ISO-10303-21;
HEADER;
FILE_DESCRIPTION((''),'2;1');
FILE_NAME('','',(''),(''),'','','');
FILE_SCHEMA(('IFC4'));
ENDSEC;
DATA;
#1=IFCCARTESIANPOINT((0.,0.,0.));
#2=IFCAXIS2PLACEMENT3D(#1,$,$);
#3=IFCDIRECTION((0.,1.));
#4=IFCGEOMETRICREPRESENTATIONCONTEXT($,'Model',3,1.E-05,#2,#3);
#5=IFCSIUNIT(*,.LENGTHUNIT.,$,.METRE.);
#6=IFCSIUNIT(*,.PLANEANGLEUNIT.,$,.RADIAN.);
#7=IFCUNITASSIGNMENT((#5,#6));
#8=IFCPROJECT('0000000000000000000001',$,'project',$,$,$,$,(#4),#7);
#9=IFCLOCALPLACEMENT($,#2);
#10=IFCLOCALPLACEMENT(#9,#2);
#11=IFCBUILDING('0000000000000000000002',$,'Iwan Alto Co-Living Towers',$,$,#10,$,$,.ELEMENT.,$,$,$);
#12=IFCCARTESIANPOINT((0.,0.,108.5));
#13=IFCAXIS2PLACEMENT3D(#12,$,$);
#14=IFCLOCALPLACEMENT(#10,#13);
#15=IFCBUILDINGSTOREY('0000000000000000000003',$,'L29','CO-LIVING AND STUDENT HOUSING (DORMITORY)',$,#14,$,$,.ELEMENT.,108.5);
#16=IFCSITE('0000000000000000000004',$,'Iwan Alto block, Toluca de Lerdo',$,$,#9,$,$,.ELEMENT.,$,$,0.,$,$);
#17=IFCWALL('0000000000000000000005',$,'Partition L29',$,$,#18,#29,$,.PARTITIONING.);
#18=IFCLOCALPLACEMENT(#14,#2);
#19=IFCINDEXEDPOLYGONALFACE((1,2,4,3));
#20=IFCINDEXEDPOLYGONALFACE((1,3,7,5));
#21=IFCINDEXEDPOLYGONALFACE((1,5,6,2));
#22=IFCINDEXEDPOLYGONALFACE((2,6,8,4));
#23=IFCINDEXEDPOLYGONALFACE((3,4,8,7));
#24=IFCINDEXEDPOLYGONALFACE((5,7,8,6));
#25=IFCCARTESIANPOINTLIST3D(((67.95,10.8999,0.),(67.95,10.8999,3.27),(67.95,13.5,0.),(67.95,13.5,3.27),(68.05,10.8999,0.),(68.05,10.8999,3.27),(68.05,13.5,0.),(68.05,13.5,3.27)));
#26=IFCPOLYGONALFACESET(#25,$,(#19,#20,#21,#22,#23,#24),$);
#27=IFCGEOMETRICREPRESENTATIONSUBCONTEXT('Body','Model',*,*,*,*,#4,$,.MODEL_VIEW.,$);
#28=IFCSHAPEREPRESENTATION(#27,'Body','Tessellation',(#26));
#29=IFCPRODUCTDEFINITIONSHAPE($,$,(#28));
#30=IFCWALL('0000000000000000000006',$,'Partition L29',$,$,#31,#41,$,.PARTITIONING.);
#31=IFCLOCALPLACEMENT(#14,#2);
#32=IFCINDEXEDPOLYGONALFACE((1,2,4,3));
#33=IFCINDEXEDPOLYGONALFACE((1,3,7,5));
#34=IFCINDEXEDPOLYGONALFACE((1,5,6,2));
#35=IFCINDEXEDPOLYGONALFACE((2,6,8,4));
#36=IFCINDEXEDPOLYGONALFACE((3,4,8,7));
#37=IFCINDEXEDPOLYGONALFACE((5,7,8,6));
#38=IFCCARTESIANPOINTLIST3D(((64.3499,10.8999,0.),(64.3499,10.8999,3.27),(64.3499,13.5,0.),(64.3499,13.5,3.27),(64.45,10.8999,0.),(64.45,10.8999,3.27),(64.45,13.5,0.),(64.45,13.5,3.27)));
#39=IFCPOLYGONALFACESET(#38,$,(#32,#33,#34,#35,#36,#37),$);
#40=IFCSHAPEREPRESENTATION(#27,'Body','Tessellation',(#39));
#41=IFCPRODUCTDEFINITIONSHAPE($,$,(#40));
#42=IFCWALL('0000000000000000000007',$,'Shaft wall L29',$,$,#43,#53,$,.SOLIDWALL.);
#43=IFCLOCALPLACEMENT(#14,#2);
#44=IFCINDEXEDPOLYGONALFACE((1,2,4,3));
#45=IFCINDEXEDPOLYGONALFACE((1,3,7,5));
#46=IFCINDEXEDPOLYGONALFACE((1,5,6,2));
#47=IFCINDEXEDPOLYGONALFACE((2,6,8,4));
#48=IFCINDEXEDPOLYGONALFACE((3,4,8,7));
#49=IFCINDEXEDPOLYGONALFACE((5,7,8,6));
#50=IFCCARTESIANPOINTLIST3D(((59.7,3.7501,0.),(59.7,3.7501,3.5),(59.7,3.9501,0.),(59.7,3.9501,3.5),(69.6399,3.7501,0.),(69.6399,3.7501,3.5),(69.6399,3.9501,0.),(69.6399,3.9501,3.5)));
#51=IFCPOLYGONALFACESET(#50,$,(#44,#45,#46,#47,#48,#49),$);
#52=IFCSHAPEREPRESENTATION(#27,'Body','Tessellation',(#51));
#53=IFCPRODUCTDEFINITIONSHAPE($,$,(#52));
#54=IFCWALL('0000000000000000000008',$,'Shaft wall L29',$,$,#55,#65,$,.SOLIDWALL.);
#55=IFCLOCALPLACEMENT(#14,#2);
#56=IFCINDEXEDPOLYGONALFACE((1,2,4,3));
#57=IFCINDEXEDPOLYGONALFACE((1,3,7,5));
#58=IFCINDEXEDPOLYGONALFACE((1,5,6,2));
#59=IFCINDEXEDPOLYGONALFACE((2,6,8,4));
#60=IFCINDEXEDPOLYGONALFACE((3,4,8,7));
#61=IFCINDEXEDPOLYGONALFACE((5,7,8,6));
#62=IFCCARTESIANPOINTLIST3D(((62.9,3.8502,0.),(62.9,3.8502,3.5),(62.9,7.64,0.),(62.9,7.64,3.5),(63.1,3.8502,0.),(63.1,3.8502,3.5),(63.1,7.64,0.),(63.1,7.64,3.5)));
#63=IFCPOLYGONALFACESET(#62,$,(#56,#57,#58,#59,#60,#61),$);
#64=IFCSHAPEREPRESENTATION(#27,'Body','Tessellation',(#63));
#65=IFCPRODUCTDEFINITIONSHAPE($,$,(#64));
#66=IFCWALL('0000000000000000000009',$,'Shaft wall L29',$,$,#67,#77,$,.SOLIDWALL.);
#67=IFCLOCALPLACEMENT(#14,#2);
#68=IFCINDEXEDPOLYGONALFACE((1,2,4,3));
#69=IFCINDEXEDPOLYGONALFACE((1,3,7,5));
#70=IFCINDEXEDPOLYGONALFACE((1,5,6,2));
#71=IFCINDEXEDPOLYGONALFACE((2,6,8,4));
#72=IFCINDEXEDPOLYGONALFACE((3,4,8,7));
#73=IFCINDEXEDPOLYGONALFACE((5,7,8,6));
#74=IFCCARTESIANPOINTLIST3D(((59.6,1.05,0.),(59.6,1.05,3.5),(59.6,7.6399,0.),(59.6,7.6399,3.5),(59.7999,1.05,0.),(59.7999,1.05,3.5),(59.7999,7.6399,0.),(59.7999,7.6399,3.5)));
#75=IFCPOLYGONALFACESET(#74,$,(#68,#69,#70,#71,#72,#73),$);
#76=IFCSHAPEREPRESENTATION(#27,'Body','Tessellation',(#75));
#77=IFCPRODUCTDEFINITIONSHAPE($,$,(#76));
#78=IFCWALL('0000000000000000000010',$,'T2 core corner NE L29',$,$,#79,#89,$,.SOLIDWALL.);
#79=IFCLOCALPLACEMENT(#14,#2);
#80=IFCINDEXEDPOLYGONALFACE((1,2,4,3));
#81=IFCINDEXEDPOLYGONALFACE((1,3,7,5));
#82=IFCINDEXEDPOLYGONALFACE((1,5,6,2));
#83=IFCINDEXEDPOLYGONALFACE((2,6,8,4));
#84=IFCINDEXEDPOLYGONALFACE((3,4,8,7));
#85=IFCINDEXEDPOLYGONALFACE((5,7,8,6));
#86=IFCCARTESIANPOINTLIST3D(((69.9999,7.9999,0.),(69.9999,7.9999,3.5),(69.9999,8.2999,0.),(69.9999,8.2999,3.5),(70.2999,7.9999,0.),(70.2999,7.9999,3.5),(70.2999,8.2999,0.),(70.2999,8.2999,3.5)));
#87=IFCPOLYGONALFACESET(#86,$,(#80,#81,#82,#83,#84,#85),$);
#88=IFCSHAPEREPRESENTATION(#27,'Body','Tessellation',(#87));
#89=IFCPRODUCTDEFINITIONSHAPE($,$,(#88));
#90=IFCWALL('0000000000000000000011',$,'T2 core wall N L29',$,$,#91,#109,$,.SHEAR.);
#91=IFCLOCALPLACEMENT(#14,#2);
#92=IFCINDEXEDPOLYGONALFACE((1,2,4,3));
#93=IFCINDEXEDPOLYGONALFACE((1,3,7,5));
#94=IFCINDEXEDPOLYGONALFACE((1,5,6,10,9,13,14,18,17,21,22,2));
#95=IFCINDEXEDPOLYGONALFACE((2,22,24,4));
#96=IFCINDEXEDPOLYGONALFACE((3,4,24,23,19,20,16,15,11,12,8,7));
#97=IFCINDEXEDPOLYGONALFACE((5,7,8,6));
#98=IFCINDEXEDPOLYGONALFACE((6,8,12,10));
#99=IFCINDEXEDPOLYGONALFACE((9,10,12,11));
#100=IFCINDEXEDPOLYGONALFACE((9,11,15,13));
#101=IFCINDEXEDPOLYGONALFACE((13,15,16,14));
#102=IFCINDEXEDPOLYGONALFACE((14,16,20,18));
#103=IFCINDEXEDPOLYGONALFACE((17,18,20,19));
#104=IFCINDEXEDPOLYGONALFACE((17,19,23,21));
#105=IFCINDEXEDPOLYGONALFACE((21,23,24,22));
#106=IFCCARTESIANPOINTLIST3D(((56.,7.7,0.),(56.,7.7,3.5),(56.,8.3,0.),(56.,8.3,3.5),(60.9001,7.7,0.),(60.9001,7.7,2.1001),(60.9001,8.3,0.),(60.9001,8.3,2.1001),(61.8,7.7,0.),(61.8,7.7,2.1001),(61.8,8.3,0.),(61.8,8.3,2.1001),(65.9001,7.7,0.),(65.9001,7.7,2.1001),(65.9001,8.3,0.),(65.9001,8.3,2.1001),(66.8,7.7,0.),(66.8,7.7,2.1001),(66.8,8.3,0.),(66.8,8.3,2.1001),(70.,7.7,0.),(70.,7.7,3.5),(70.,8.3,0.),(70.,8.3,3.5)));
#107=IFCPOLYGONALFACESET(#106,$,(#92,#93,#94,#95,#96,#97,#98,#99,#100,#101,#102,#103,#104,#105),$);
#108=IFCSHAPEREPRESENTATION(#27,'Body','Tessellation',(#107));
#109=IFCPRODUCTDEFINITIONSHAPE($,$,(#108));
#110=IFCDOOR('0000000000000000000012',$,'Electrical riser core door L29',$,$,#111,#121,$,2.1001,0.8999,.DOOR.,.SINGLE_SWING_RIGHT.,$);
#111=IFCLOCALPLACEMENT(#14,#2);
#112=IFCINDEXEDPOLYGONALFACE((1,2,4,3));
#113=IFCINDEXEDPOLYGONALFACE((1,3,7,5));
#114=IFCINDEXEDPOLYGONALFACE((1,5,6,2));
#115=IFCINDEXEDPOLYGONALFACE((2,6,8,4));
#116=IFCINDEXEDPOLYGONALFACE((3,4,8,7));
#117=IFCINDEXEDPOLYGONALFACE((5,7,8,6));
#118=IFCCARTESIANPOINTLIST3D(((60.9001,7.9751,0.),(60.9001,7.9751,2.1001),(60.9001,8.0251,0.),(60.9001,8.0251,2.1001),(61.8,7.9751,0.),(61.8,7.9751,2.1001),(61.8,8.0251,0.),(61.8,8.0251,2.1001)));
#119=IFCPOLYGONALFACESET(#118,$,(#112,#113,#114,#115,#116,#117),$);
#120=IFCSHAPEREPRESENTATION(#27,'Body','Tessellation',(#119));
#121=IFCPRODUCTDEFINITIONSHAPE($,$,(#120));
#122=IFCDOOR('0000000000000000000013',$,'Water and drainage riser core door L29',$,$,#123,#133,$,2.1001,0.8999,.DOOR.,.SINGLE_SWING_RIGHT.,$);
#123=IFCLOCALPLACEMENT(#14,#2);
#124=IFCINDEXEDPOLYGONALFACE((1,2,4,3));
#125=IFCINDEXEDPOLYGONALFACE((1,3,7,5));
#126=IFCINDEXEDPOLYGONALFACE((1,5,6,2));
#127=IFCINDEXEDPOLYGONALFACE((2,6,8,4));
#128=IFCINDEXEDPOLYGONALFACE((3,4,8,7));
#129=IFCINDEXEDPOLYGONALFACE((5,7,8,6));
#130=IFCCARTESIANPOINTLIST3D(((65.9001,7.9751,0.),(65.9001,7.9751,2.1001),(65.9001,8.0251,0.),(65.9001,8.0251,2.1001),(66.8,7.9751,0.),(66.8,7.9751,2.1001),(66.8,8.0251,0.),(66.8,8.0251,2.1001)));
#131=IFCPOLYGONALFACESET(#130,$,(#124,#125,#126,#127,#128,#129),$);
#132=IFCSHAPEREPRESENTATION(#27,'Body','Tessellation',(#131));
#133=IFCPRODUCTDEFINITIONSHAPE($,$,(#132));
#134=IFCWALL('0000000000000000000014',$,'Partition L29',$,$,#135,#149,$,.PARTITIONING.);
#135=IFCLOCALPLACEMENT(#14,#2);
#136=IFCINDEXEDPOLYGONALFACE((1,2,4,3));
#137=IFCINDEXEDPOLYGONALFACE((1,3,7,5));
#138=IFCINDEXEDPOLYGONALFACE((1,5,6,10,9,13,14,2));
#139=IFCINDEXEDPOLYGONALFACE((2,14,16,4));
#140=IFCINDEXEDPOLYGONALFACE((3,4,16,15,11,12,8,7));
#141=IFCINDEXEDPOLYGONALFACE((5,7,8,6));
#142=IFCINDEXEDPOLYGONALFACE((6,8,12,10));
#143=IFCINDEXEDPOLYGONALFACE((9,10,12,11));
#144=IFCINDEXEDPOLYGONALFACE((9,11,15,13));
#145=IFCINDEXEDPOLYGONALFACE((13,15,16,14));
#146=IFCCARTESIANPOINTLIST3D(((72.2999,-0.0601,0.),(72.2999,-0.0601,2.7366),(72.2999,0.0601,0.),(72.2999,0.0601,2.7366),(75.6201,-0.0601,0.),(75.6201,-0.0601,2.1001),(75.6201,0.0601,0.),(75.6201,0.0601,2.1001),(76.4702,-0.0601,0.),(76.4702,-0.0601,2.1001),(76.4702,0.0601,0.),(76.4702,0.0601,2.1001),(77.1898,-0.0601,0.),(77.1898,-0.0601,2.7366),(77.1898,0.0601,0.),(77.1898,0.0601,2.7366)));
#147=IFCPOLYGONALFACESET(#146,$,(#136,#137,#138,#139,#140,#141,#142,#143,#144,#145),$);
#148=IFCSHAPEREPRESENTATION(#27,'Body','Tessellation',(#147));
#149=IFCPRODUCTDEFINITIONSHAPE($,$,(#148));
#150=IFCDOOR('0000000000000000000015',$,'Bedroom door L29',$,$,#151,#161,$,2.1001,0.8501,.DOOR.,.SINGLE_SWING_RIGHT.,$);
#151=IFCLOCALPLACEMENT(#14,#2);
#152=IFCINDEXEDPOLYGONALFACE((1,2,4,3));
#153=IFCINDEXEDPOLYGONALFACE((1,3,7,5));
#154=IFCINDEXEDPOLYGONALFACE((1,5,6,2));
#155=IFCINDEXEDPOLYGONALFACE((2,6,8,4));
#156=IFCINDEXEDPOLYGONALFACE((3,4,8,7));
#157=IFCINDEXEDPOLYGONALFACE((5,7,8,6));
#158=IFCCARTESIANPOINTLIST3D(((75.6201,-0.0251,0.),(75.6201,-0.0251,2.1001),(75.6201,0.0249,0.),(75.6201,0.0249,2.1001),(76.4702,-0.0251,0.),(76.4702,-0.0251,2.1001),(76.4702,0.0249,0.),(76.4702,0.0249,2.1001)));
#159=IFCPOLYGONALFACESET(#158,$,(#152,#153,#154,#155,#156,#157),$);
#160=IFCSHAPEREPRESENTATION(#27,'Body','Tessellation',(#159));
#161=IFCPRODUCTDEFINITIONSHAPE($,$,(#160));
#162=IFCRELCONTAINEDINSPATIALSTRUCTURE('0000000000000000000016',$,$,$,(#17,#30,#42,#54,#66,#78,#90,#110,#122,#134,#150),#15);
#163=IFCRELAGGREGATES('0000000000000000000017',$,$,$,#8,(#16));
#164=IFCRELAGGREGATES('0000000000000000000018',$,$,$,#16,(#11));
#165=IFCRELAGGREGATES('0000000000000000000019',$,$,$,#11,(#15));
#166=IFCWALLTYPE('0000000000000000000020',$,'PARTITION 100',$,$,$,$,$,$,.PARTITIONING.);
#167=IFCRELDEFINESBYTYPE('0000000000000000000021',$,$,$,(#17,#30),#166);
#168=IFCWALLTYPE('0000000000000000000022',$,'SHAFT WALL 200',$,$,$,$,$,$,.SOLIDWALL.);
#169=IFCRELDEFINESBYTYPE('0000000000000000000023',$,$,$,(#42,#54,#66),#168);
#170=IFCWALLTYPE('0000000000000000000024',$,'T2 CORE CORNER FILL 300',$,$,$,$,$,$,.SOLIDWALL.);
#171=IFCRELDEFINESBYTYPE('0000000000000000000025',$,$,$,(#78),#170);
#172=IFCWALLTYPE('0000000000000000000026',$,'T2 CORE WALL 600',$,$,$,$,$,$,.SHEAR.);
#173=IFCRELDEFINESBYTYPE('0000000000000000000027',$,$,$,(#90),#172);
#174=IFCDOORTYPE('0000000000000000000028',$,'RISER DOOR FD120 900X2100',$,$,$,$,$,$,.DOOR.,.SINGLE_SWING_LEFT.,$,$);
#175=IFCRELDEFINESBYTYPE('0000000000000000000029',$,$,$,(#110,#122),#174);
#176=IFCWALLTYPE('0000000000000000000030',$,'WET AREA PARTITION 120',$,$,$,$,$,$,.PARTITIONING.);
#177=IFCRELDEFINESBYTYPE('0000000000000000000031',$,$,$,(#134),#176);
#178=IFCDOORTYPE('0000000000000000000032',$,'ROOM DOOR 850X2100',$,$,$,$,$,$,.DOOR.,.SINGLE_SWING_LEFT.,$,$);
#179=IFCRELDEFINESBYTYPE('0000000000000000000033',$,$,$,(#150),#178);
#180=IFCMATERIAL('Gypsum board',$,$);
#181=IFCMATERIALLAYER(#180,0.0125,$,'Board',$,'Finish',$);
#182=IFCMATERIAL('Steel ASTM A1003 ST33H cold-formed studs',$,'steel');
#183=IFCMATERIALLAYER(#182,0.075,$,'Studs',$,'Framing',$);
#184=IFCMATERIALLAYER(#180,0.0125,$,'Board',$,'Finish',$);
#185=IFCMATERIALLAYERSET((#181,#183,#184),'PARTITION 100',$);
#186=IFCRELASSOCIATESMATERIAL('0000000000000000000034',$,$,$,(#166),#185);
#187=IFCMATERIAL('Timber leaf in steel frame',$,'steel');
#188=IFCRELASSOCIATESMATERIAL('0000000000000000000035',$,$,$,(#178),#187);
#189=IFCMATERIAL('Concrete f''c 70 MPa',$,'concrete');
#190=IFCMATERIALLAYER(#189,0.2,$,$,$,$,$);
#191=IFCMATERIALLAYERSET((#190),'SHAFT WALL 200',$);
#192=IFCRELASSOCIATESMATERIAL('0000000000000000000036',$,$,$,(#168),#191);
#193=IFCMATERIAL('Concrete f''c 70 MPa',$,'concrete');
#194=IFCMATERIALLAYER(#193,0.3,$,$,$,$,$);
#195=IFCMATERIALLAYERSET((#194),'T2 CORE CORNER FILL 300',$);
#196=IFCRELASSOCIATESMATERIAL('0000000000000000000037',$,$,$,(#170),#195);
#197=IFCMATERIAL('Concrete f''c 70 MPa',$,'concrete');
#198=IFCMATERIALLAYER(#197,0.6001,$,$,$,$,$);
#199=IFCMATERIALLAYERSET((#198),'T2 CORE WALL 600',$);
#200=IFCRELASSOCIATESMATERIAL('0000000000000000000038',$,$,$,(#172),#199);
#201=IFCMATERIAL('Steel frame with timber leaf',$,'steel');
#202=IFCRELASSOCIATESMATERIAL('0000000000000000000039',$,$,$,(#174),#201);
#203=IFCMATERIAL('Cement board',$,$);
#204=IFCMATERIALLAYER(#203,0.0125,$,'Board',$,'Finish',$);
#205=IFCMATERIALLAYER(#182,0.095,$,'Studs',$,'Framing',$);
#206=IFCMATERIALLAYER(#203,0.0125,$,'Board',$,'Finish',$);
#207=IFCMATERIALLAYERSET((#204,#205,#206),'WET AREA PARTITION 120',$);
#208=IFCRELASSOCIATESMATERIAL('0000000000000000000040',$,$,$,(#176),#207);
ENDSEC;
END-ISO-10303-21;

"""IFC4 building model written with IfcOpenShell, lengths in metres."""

from ifc_helpers import new_model, si_unit, direction, frame, frame_2d, origin, place, context, subcontext, project, spatial, rectangle, extrude, material, layer, layer_set, type_object, element, fill, save


model = new_model("IFC4")

# Units and contexts
model_context = context("Model", 3, precision=1e-05, world=origin(), true_north=direction((0.0, 1.0)))
body_context = subcontext(model_context, "Body", "Model", "MODEL_VIEW")
ifc_project = project(units=[si_unit("LENGTHUNIT", "METRE"), si_unit("PLANEANGLEUNIT", "RADIAN")], contexts=[model_context])

# Site, building, storey
site_placement = place(None, origin())
site = spatial("IfcSite", under=ifc_project, at=site_placement, Name="Iwan Alto block, Toluca de Lerdo", CompositionType="ELEMENT", RefElevation=0.0)
building_placement = place(site_placement, origin())
building = spatial("IfcBuilding", under=site, at=building_placement, Name="Iwan Alto Co-Living Towers", CompositionType="ELEMENT")
storey_placement = place(building_placement, frame((0.0, 0.0, 108.5)))
storey = spatial("IfcBuildingStorey", under=building, at=storey_placement, Name="L29", Description="CO-LIVING AND STUDENT HOUSING (DORMITORY)", CompositionType="ELEMENT", Elevation=108.5)

# Shared definitions
ifc_material_1 = material(Name="Gypsum board")
ifc_layer_1 = layer(ifc_material_1, 0.0125, Name="Board", Category="Finish")
ifc_material_2 = material(Name="Steel ASTM A1003 ST33H cold-formed studs", Category="steel")
ifc_layer_2 = layer(ifc_material_2, 0.075, Name="Studs", Category="Framing")
ifc_layer_3 = layer(ifc_material_1, 0.0125, Name="Board", Category="Finish")
ifc_layer_set_1 = layer_set([ifc_layer_1, ifc_layer_2, ifc_layer_3], Name="PARTITION 100")
wall_type_1 = type_object("IfcWallType", Name="PARTITION 100", PredefinedType="PARTITIONING", material=ifc_layer_set_1)

# Shared definitions
ifc_material_3 = material(Name="Timber leaf in steel frame", Category="steel")
door_type_1 = type_object("IfcDoorType", Name="ROOM DOOR 850X2100", OperationType="SINGLE_SWING_LEFT", PredefinedType="DOOR", material=ifc_material_3)

# Walls
for number, where, z_axis, x_axis, name in (
    (1, (68.0, 10.8999, 0.0), (0.0, 0.0, 1.0), (0.0, 1.0, 0.0), "Partition L29"),
    (2, (64.3999, 10.8999, 0.0), (0.0, 0.0, 1.0), (0.0, 1.0, 0.0), "Partition L29"),
):
    element("IfcWall", number, at=place(storey_placement, frame(where, z_axis=z_axis, x_axis=x_axis)), inside=storey, type_object=wall_type_1, Name=name, PredefinedType="PARTITIONING", context=body_context, shape_type="SweptSolid", body=[
        extrude(rectangle(XDim=2.6001, YDim=0.1001, at=frame_2d((1.3, 0.0))), origin(), (0.0, 0.0, 1.0), 3.27),
    ])
ifc_material_4 = material(Name="Concrete f'c 70 MPa", Category="concrete")
ifc_layer_4 = layer(ifc_material_4, 0.2)
ifc_layer_set_2 = layer_set([ifc_layer_4], Name="SHAFT WALL 200")
wall_type_2 = type_object("IfcWallType", Name="SHAFT WALL 200", PredefinedType="SOLIDWALL", material=ifc_layer_set_2)
wall_1_placement = place(storey_placement, frame((59.7, 3.8501, 0.0), z_axis=(0.0, 0.0, 1.0), x_axis=(1.0, 0.0, 0.0)))
element("IfcWall", 3, at=wall_1_placement, inside=storey, type_object=wall_type_2, Name="Shaft wall L29", PredefinedType="SOLIDWALL", context=body_context, shape_type="SweptSolid", body=[
    extrude(rectangle(XDim=9.9399, YDim=0.2, at=frame_2d((4.97, 0.0))), origin(), (0.0, 0.0, 1.0), 3.5),
])
wall_2_placement = place(storey_placement, frame((63.0, 3.8501, 0.0), z_axis=(0.0, 0.0, 1.0), x_axis=(0.0, 1.0, 0.0)))
element("IfcWall", 4, at=wall_2_placement, inside=storey, type_object=wall_type_2, Name="Shaft wall L29", PredefinedType="SOLIDWALL", context=body_context, shape_type="SweptSolid", body=[
    extrude(rectangle(XDim=3.7898, YDim=0.2, at=frame_2d((1.895, 0.0))), origin(), (0.0, 0.0, 1.0), 3.5),
])
wall_3_placement = place(storey_placement, frame((59.7, 1.05, 0.0), z_axis=(0.0, 0.0, 1.0), x_axis=(0.0, 1.0, 0.0)))
element("IfcWall", 5, at=wall_3_placement, inside=storey, type_object=wall_type_2, Name="Shaft wall L29", PredefinedType="SOLIDWALL", context=body_context, shape_type="SweptSolid", body=[
    extrude(rectangle(XDim=6.5898, YDim=0.2, at=frame_2d((3.2949, 0.0))), origin(), (0.0, 0.0, 1.0), 3.5),
])
ifc_material_5 = material(Name="Concrete f'c 70 MPa", Category="concrete")
ifc_layer_5 = layer(ifc_material_5, 0.3)
ifc_layer_set_3 = layer_set([ifc_layer_5], Name="T2 CORE CORNER FILL 300")
wall_type_3 = type_object("IfcWallType", Name="T2 CORE CORNER FILL 300", PredefinedType="SOLIDWALL", material=ifc_layer_set_3)
wall_4_placement = place(storey_placement, frame((70.0, 8.1499, 0.0), z_axis=(0.0, 0.0, 1.0), x_axis=(1.0, 0.0, 0.0)))
element("IfcWall", 6, at=wall_4_placement, inside=storey, type_object=wall_type_3, Name="T2 core corner NE L29", PredefinedType="SOLIDWALL", context=body_context, shape_type="SweptSolid", body=[
    extrude(rectangle(XDim=0.3, YDim=0.3, at=frame_2d((0.1499, 0.0))), origin(), (0.0, 0.0, 1.0), 3.5),
])

# Wall, openings, doors
ifc_material_6 = material(Name="Concrete f'c 70 MPa", Category="concrete")
ifc_layer_6 = layer(ifc_material_6, 0.6001)
ifc_layer_set_4 = layer_set([ifc_layer_6], Name="T2 CORE WALL 600")
wall_type_4 = type_object("IfcWallType", Name="T2 CORE WALL 600", PredefinedType="SHEAR", material=ifc_layer_set_4)
wall_5_placement = place(storey_placement, frame((70.0, 8.0, 0.0), z_axis=(0.0, 0.0, 1.0), x_axis=(-1.0, 0.0, 0.0)))
wall_5 = element("IfcWall", 7, at=wall_5_placement, inside=storey, type_object=wall_type_4, Name="T2 core wall N L29", PredefinedType="SHEAR", context=body_context, shape_type="SweptSolid", body=[
    extrude(rectangle(XDim=14.0, YDim=0.6001, at=frame_2d((7.0, 0.0))), origin(), (0.0, 0.0, 1.0), 3.5),
])
opening_1_placement = place(wall_5_placement, frame((8.2, 0.0, 0.0)))
opening_1 = element("IfcOpeningElement", 8, at=opening_1_placement, cuts=wall_5, PredefinedType="OPENING", context=body_context, shape_type="SweptSolid", body=[
    extrude(rectangle(XDim=0.8999, YDim=2.1001, at=frame_2d((0.45, 1.05))), frame((0.0, 0.3101, 0.0), z_axis=(0.0, -1.0, 0.0), x_axis=(1.0, 0.0, 0.0)), (0.0, 0.0, 1.0), 0.6201),
])
opening_2_placement = place(wall_5_placement, frame((3.2, 0.0, 0.0)))
opening_2 = element("IfcOpeningElement", 9, at=opening_2_placement, cuts=wall_5, PredefinedType="OPENING", context=body_context, shape_type="SweptSolid", body=[
    extrude(rectangle(XDim=0.8999, YDim=2.1001, at=frame_2d((0.45, 1.05))), frame((0.0, 0.3101, 0.0), z_axis=(0.0, -1.0, 0.0), x_axis=(1.0, 0.0, 0.0)), (0.0, 0.0, 1.0), 0.6201),
])
ifc_material_7 = material(Name="Steel frame with timber leaf", Category="steel")
door_type_2 = type_object("IfcDoorType", Name="RISER DOOR FD120 900X2100", OperationType="SINGLE_SWING_LEFT", PredefinedType="DOOR", material=ifc_material_7)
door_1_placement = place(opening_1_placement, origin())
door_1 = element("IfcDoor", 10, at=door_1_placement, inside=storey, type_object=door_type_2, Name="Electrical riser core door L29", OperationType="SINGLE_SWING_RIGHT", OverallHeight=2.1001, OverallWidth=0.8999, PredefinedType="DOOR", context=body_context, shape_type="SweptSolid", body=[
    extrude(rectangle(XDim=0.8999, YDim=2.1001, at=frame_2d((0.45, 1.05))), frame((0.0, 0.0249, 0.0), z_axis=(0.0, -1.0, 0.0), x_axis=(1.0, 0.0, 0.0)), (0.0, 0.0, 1.0), 0.05),
])
fill(opening_1, door_1)
door_2_placement = place(opening_2_placement, origin())
door_2 = element("IfcDoor", 11, at=door_2_placement, inside=storey, type_object=door_type_2, Name="Water and drainage riser core door L29", OperationType="SINGLE_SWING_RIGHT", OverallHeight=2.1001, OverallWidth=0.8999, PredefinedType="DOOR", context=body_context, shape_type="SweptSolid", body=[
    extrude(rectangle(XDim=0.8999, YDim=2.1001, at=frame_2d((0.45, 1.05))), frame((0.0, 0.0249, 0.0), z_axis=(0.0, -1.0, 0.0), x_axis=(1.0, 0.0, 0.0)), (0.0, 0.0, 1.0), 0.05),
])
fill(opening_2, door_2)

# Wall, opening, door
ifc_material_8 = material(Name="Cement board")
ifc_layer_7 = layer(ifc_material_8, 0.0125, Name="Board", Category="Finish")
ifc_layer_8 = layer(ifc_material_2, 0.095, Name="Studs", Category="Framing")
ifc_layer_9 = layer(ifc_material_8, 0.0125, Name="Board", Category="Finish")
ifc_layer_set_5 = layer_set([ifc_layer_7, ifc_layer_8, ifc_layer_9], Name="WET AREA PARTITION 120")
wall_type_5 = type_object("IfcWallType", Name="WET AREA PARTITION 120", PredefinedType="PARTITIONING", material=ifc_layer_set_5)
wall_6_placement = place(storey_placement, frame((72.3, 0.0, 0.0), z_axis=(0.0, 0.0, 1.0), x_axis=(1.0, 0.0, 0.0)))
wall_6 = element("IfcWall", 12, at=wall_6_placement, inside=storey, type_object=wall_type_5, Name="Partition L29", PredefinedType="PARTITIONING", context=body_context, shape_type="SweptSolid", body=[
    extrude(rectangle(XDim=4.8899, YDim=0.1201, at=frame_2d((2.4448, 0.0))), origin(), (0.0, 0.0, 1.0), 2.7366),
])
opening_3_placement = place(wall_6_placement, frame((3.3201, 0.0, 0.0)))
opening_3 = element("IfcOpeningElement", 13, at=opening_3_placement, cuts=wall_6, PredefinedType="OPENING", context=body_context, shape_type="SweptSolid", body=[
    extrude(rectangle(XDim=0.8501, YDim=2.1001, at=frame_2d((0.425, 1.05))), frame((0.0, 0.0701, 0.0), z_axis=(0.0, -1.0, 0.0), x_axis=(1.0, 0.0, 0.0)), (0.0, 0.0, 1.0), 0.1401),
])
door_3_placement = place(opening_3_placement, origin())
door_3 = element("IfcDoor", 14, at=door_3_placement, inside=storey, type_object=door_type_1, Name="Bedroom door L29", OperationType="SINGLE_SWING_RIGHT", OverallHeight=2.1001, OverallWidth=0.8501, PredefinedType="DOOR", context=body_context, shape_type="SweptSolid", body=[
    extrude(rectangle(XDim=0.8501, YDim=2.1001, at=frame_2d((0.425, 1.05))), frame((0.0, 0.0249, 0.0), z_axis=(0.0, -1.0, 0.0), x_axis=(1.0, 0.0, 0.0)), (0.0, 0.0, 1.0), 0.05),
])
fill(opening_3, door_3)

save(model, "model.ifc")
